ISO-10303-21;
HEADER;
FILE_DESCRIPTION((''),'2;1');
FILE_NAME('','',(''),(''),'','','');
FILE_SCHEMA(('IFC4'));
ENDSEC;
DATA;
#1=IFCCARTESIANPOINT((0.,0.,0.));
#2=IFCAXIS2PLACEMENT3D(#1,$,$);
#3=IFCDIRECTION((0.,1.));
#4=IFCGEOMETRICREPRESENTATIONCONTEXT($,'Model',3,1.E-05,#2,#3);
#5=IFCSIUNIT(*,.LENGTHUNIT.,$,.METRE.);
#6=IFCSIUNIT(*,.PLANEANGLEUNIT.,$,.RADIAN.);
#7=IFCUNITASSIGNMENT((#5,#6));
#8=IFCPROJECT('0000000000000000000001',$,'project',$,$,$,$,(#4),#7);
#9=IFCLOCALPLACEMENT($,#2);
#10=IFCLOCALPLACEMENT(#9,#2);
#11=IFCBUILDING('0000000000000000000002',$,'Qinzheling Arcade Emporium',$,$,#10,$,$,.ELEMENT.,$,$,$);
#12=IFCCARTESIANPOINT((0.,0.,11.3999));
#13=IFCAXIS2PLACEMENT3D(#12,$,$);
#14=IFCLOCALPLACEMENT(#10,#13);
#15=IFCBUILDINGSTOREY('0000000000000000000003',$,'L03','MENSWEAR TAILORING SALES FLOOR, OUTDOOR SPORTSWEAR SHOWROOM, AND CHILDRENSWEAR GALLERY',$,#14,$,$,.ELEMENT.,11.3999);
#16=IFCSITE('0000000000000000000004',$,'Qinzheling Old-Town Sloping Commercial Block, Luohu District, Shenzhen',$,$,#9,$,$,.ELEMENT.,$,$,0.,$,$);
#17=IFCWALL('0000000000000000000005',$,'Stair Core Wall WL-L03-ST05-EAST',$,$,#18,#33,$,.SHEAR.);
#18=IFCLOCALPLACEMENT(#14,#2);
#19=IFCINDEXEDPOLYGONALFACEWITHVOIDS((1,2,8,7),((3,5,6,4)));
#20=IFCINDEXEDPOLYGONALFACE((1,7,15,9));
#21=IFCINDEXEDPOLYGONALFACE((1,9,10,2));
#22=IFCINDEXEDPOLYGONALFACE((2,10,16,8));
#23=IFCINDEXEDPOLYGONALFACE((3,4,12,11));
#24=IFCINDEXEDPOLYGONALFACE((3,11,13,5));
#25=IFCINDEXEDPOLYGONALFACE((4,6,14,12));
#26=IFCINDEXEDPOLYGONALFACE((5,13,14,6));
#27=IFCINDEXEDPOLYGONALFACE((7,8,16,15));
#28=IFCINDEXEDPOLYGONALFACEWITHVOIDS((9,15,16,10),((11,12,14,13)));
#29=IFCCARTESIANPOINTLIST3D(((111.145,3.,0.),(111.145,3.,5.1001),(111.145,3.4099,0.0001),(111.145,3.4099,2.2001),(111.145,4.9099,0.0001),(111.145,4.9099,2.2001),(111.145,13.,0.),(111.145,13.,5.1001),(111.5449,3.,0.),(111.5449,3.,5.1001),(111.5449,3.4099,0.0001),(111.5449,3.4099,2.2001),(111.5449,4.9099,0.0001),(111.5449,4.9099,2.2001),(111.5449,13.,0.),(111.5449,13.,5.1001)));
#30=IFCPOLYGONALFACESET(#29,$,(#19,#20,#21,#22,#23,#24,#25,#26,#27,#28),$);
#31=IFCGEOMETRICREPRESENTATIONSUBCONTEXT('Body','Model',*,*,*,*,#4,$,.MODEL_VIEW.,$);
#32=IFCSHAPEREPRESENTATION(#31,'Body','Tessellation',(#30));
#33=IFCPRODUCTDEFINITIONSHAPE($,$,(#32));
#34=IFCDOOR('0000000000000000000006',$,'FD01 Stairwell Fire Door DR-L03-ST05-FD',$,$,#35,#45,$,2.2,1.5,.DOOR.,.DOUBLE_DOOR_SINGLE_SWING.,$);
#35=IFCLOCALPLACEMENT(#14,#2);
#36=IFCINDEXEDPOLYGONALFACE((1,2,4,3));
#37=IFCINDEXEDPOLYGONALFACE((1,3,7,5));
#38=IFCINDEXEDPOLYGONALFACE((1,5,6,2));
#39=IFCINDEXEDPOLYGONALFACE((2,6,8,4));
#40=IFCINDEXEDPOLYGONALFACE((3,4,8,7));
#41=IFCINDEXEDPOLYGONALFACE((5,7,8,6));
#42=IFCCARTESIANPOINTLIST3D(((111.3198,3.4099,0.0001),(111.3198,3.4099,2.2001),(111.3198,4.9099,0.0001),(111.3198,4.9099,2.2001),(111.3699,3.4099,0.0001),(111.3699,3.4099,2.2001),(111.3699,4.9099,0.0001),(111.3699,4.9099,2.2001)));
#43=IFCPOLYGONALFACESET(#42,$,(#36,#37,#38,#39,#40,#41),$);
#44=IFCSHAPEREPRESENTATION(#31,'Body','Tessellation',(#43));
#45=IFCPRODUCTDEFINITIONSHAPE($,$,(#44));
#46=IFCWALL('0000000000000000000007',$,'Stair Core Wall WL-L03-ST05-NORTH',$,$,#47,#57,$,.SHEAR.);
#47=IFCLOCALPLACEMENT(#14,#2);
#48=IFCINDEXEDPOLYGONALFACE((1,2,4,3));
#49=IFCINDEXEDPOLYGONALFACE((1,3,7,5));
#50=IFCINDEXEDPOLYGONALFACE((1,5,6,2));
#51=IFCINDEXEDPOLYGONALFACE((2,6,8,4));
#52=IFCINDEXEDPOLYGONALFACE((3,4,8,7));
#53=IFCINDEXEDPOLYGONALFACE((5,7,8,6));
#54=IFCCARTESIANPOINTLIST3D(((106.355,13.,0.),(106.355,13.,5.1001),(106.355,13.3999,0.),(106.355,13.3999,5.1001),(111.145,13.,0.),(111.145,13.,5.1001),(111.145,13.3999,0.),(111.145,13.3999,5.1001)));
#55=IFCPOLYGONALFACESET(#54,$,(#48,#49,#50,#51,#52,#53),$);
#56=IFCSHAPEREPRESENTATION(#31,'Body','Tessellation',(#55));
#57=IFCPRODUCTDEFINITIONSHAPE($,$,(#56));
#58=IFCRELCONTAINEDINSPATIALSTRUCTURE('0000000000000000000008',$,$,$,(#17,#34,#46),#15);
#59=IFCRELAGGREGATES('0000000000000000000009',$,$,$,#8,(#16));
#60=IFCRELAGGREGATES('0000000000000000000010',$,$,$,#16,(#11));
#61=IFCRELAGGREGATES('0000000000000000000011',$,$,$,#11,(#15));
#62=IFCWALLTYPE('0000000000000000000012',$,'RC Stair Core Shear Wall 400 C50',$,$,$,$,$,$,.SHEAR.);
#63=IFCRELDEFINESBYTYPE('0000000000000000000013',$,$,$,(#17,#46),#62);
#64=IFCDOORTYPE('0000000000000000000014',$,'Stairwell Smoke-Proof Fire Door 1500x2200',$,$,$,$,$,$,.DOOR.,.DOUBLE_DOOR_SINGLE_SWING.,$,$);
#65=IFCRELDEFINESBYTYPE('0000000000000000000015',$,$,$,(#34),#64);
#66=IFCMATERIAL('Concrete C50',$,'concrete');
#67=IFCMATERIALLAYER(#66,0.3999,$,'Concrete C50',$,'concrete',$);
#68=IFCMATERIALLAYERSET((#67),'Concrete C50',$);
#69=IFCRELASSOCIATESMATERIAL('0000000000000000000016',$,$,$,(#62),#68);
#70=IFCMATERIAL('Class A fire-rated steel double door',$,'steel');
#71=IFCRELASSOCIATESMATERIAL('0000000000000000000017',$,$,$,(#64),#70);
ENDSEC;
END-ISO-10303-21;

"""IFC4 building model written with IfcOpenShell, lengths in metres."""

from ifc_helpers import new_model, si_unit, direction, frame, frame_2d, origin, place, context, subcontext, project, spatial, rectangle, extrude, material, layer, layer_set, type_object, element, fill, save


model = new_model("IFC4")

# Units and contexts
model_context = context("Model", 3, precision=1e-05, world=origin(), true_north=direction((0.0, 1.0)))
body_context = subcontext(model_context, "Body", "Model", "MODEL_VIEW")
ifc_project = project(units=[si_unit("LENGTHUNIT", "METRE"), si_unit("PLANEANGLEUNIT", "RADIAN")], contexts=[model_context])

# Site, building, storey
site_placement = place(None, origin())
site = spatial("IfcSite", under=ifc_project, at=site_placement, Name="Qinzheling Old-Town Sloping Commercial Block, Luohu District, Shenzhen", CompositionType="ELEMENT", RefElevation=0.0)
building_placement = place(site_placement, origin())
building = spatial("IfcBuilding", under=site, at=building_placement, Name="Qinzheling Arcade Emporium", CompositionType="ELEMENT")
storey_placement = place(building_placement, frame((0.0, 0.0, 11.3999)))
storey = spatial("IfcBuildingStorey", under=building, at=storey_placement, Name="L03", Description="MENSWEAR TAILORING SALES FLOOR, OUTDOOR SPORTSWEAR SHOWROOM, AND CHILDRENSWEAR GALLERY", CompositionType="ELEMENT", Elevation=11.3999)

# Wall, opening, door
ifc_material_1 = material(Name="Concrete C50", Category="concrete")
ifc_layer_1 = layer(ifc_material_1, 0.3999, Name="Concrete C50", Category="concrete")
ifc_layer_set_1 = layer_set([ifc_layer_1], Name="Concrete C50")
wall_type = type_object("IfcWallType", Name="RC Stair Core Shear Wall 400 C50", PredefinedType="SHEAR", material=ifc_layer_set_1)
wall_1_placement = place(storey_placement, frame((111.345, 13.0, 0.0), z_axis=(0.0, 0.0, 1.0), x_axis=(0.0, -1.0, 0.0)))
wall_1 = element("IfcWall", 1, at=wall_1_placement, inside=storey, type_object=wall_type, Name="Stair Core Wall WL-L03-ST05-EAST", PredefinedType="SHEAR", context=body_context, shape_type="SweptSolid", body=[
    extrude(rectangle(XDim=10.0, YDim=0.3999, at=frame_2d((5.0, 0.0))), origin(), (0.0, 0.0, 1.0), 5.1001),
])
opening_placement = place(wall_1_placement, frame((8.0901, 0.0, 0.0)))
opening = element("IfcOpeningElement", 2, at=opening_placement, cuts=wall_1, PredefinedType="OPENING", context=body_context, shape_type="SweptSolid", body=[
    extrude(rectangle(XDim=1.5, YDim=2.2, at=frame_2d((0.75, 1.1001))), frame((0.0, 0.21, 0.0), z_axis=(0.0, -1.0, 0.0), x_axis=(1.0, 0.0, 0.0)), (0.0, 0.0, 1.0), 0.4199),
])
ifc_material_2 = material(Name="Class A fire-rated steel double door", Category="steel")
door_type = type_object("IfcDoorType", Name="Stairwell Smoke-Proof Fire Door 1500x2200", OperationType="DOUBLE_DOOR_SINGLE_SWING", PredefinedType="DOOR", material=ifc_material_2)
door_placement = place(opening_placement, origin())
door = element("IfcDoor", 3, at=door_placement, inside=storey, type_object=door_type, Name="FD01 Stairwell Fire Door DR-L03-ST05-FD", OperationType="DOUBLE_DOOR_SINGLE_SWING", OverallHeight=2.2, OverallWidth=1.5, PredefinedType="DOOR", context=body_context, shape_type="SweptSolid", body=[
    extrude(rectangle(XDim=1.5, YDim=2.2, at=frame_2d((0.75, 1.1001))), frame((0.0, 0.0249, 0.0), z_axis=(0.0, -1.0, 0.0), x_axis=(1.0, 0.0, 0.0)), (0.0, 0.0, 1.0), 0.05),
])
fill(opening, door)

# Wall
wall_2_placement = place(storey_placement, frame((106.355, 13.2, 0.0), z_axis=(0.0, 0.0, 1.0), x_axis=(1.0, 0.0, 0.0)))
element("IfcWall", 4, at=wall_2_placement, inside=storey, type_object=wall_type, Name="Stair Core Wall WL-L03-ST05-NORTH", PredefinedType="SHEAR", context=body_context, shape_type="SweptSolid", body=[
    extrude(rectangle(XDim=4.79, YDim=0.3999, at=frame_2d((2.395, 0.0))), origin(), (0.0, 0.0, 1.0), 5.1001),
])

save(model, "model.ifc")
